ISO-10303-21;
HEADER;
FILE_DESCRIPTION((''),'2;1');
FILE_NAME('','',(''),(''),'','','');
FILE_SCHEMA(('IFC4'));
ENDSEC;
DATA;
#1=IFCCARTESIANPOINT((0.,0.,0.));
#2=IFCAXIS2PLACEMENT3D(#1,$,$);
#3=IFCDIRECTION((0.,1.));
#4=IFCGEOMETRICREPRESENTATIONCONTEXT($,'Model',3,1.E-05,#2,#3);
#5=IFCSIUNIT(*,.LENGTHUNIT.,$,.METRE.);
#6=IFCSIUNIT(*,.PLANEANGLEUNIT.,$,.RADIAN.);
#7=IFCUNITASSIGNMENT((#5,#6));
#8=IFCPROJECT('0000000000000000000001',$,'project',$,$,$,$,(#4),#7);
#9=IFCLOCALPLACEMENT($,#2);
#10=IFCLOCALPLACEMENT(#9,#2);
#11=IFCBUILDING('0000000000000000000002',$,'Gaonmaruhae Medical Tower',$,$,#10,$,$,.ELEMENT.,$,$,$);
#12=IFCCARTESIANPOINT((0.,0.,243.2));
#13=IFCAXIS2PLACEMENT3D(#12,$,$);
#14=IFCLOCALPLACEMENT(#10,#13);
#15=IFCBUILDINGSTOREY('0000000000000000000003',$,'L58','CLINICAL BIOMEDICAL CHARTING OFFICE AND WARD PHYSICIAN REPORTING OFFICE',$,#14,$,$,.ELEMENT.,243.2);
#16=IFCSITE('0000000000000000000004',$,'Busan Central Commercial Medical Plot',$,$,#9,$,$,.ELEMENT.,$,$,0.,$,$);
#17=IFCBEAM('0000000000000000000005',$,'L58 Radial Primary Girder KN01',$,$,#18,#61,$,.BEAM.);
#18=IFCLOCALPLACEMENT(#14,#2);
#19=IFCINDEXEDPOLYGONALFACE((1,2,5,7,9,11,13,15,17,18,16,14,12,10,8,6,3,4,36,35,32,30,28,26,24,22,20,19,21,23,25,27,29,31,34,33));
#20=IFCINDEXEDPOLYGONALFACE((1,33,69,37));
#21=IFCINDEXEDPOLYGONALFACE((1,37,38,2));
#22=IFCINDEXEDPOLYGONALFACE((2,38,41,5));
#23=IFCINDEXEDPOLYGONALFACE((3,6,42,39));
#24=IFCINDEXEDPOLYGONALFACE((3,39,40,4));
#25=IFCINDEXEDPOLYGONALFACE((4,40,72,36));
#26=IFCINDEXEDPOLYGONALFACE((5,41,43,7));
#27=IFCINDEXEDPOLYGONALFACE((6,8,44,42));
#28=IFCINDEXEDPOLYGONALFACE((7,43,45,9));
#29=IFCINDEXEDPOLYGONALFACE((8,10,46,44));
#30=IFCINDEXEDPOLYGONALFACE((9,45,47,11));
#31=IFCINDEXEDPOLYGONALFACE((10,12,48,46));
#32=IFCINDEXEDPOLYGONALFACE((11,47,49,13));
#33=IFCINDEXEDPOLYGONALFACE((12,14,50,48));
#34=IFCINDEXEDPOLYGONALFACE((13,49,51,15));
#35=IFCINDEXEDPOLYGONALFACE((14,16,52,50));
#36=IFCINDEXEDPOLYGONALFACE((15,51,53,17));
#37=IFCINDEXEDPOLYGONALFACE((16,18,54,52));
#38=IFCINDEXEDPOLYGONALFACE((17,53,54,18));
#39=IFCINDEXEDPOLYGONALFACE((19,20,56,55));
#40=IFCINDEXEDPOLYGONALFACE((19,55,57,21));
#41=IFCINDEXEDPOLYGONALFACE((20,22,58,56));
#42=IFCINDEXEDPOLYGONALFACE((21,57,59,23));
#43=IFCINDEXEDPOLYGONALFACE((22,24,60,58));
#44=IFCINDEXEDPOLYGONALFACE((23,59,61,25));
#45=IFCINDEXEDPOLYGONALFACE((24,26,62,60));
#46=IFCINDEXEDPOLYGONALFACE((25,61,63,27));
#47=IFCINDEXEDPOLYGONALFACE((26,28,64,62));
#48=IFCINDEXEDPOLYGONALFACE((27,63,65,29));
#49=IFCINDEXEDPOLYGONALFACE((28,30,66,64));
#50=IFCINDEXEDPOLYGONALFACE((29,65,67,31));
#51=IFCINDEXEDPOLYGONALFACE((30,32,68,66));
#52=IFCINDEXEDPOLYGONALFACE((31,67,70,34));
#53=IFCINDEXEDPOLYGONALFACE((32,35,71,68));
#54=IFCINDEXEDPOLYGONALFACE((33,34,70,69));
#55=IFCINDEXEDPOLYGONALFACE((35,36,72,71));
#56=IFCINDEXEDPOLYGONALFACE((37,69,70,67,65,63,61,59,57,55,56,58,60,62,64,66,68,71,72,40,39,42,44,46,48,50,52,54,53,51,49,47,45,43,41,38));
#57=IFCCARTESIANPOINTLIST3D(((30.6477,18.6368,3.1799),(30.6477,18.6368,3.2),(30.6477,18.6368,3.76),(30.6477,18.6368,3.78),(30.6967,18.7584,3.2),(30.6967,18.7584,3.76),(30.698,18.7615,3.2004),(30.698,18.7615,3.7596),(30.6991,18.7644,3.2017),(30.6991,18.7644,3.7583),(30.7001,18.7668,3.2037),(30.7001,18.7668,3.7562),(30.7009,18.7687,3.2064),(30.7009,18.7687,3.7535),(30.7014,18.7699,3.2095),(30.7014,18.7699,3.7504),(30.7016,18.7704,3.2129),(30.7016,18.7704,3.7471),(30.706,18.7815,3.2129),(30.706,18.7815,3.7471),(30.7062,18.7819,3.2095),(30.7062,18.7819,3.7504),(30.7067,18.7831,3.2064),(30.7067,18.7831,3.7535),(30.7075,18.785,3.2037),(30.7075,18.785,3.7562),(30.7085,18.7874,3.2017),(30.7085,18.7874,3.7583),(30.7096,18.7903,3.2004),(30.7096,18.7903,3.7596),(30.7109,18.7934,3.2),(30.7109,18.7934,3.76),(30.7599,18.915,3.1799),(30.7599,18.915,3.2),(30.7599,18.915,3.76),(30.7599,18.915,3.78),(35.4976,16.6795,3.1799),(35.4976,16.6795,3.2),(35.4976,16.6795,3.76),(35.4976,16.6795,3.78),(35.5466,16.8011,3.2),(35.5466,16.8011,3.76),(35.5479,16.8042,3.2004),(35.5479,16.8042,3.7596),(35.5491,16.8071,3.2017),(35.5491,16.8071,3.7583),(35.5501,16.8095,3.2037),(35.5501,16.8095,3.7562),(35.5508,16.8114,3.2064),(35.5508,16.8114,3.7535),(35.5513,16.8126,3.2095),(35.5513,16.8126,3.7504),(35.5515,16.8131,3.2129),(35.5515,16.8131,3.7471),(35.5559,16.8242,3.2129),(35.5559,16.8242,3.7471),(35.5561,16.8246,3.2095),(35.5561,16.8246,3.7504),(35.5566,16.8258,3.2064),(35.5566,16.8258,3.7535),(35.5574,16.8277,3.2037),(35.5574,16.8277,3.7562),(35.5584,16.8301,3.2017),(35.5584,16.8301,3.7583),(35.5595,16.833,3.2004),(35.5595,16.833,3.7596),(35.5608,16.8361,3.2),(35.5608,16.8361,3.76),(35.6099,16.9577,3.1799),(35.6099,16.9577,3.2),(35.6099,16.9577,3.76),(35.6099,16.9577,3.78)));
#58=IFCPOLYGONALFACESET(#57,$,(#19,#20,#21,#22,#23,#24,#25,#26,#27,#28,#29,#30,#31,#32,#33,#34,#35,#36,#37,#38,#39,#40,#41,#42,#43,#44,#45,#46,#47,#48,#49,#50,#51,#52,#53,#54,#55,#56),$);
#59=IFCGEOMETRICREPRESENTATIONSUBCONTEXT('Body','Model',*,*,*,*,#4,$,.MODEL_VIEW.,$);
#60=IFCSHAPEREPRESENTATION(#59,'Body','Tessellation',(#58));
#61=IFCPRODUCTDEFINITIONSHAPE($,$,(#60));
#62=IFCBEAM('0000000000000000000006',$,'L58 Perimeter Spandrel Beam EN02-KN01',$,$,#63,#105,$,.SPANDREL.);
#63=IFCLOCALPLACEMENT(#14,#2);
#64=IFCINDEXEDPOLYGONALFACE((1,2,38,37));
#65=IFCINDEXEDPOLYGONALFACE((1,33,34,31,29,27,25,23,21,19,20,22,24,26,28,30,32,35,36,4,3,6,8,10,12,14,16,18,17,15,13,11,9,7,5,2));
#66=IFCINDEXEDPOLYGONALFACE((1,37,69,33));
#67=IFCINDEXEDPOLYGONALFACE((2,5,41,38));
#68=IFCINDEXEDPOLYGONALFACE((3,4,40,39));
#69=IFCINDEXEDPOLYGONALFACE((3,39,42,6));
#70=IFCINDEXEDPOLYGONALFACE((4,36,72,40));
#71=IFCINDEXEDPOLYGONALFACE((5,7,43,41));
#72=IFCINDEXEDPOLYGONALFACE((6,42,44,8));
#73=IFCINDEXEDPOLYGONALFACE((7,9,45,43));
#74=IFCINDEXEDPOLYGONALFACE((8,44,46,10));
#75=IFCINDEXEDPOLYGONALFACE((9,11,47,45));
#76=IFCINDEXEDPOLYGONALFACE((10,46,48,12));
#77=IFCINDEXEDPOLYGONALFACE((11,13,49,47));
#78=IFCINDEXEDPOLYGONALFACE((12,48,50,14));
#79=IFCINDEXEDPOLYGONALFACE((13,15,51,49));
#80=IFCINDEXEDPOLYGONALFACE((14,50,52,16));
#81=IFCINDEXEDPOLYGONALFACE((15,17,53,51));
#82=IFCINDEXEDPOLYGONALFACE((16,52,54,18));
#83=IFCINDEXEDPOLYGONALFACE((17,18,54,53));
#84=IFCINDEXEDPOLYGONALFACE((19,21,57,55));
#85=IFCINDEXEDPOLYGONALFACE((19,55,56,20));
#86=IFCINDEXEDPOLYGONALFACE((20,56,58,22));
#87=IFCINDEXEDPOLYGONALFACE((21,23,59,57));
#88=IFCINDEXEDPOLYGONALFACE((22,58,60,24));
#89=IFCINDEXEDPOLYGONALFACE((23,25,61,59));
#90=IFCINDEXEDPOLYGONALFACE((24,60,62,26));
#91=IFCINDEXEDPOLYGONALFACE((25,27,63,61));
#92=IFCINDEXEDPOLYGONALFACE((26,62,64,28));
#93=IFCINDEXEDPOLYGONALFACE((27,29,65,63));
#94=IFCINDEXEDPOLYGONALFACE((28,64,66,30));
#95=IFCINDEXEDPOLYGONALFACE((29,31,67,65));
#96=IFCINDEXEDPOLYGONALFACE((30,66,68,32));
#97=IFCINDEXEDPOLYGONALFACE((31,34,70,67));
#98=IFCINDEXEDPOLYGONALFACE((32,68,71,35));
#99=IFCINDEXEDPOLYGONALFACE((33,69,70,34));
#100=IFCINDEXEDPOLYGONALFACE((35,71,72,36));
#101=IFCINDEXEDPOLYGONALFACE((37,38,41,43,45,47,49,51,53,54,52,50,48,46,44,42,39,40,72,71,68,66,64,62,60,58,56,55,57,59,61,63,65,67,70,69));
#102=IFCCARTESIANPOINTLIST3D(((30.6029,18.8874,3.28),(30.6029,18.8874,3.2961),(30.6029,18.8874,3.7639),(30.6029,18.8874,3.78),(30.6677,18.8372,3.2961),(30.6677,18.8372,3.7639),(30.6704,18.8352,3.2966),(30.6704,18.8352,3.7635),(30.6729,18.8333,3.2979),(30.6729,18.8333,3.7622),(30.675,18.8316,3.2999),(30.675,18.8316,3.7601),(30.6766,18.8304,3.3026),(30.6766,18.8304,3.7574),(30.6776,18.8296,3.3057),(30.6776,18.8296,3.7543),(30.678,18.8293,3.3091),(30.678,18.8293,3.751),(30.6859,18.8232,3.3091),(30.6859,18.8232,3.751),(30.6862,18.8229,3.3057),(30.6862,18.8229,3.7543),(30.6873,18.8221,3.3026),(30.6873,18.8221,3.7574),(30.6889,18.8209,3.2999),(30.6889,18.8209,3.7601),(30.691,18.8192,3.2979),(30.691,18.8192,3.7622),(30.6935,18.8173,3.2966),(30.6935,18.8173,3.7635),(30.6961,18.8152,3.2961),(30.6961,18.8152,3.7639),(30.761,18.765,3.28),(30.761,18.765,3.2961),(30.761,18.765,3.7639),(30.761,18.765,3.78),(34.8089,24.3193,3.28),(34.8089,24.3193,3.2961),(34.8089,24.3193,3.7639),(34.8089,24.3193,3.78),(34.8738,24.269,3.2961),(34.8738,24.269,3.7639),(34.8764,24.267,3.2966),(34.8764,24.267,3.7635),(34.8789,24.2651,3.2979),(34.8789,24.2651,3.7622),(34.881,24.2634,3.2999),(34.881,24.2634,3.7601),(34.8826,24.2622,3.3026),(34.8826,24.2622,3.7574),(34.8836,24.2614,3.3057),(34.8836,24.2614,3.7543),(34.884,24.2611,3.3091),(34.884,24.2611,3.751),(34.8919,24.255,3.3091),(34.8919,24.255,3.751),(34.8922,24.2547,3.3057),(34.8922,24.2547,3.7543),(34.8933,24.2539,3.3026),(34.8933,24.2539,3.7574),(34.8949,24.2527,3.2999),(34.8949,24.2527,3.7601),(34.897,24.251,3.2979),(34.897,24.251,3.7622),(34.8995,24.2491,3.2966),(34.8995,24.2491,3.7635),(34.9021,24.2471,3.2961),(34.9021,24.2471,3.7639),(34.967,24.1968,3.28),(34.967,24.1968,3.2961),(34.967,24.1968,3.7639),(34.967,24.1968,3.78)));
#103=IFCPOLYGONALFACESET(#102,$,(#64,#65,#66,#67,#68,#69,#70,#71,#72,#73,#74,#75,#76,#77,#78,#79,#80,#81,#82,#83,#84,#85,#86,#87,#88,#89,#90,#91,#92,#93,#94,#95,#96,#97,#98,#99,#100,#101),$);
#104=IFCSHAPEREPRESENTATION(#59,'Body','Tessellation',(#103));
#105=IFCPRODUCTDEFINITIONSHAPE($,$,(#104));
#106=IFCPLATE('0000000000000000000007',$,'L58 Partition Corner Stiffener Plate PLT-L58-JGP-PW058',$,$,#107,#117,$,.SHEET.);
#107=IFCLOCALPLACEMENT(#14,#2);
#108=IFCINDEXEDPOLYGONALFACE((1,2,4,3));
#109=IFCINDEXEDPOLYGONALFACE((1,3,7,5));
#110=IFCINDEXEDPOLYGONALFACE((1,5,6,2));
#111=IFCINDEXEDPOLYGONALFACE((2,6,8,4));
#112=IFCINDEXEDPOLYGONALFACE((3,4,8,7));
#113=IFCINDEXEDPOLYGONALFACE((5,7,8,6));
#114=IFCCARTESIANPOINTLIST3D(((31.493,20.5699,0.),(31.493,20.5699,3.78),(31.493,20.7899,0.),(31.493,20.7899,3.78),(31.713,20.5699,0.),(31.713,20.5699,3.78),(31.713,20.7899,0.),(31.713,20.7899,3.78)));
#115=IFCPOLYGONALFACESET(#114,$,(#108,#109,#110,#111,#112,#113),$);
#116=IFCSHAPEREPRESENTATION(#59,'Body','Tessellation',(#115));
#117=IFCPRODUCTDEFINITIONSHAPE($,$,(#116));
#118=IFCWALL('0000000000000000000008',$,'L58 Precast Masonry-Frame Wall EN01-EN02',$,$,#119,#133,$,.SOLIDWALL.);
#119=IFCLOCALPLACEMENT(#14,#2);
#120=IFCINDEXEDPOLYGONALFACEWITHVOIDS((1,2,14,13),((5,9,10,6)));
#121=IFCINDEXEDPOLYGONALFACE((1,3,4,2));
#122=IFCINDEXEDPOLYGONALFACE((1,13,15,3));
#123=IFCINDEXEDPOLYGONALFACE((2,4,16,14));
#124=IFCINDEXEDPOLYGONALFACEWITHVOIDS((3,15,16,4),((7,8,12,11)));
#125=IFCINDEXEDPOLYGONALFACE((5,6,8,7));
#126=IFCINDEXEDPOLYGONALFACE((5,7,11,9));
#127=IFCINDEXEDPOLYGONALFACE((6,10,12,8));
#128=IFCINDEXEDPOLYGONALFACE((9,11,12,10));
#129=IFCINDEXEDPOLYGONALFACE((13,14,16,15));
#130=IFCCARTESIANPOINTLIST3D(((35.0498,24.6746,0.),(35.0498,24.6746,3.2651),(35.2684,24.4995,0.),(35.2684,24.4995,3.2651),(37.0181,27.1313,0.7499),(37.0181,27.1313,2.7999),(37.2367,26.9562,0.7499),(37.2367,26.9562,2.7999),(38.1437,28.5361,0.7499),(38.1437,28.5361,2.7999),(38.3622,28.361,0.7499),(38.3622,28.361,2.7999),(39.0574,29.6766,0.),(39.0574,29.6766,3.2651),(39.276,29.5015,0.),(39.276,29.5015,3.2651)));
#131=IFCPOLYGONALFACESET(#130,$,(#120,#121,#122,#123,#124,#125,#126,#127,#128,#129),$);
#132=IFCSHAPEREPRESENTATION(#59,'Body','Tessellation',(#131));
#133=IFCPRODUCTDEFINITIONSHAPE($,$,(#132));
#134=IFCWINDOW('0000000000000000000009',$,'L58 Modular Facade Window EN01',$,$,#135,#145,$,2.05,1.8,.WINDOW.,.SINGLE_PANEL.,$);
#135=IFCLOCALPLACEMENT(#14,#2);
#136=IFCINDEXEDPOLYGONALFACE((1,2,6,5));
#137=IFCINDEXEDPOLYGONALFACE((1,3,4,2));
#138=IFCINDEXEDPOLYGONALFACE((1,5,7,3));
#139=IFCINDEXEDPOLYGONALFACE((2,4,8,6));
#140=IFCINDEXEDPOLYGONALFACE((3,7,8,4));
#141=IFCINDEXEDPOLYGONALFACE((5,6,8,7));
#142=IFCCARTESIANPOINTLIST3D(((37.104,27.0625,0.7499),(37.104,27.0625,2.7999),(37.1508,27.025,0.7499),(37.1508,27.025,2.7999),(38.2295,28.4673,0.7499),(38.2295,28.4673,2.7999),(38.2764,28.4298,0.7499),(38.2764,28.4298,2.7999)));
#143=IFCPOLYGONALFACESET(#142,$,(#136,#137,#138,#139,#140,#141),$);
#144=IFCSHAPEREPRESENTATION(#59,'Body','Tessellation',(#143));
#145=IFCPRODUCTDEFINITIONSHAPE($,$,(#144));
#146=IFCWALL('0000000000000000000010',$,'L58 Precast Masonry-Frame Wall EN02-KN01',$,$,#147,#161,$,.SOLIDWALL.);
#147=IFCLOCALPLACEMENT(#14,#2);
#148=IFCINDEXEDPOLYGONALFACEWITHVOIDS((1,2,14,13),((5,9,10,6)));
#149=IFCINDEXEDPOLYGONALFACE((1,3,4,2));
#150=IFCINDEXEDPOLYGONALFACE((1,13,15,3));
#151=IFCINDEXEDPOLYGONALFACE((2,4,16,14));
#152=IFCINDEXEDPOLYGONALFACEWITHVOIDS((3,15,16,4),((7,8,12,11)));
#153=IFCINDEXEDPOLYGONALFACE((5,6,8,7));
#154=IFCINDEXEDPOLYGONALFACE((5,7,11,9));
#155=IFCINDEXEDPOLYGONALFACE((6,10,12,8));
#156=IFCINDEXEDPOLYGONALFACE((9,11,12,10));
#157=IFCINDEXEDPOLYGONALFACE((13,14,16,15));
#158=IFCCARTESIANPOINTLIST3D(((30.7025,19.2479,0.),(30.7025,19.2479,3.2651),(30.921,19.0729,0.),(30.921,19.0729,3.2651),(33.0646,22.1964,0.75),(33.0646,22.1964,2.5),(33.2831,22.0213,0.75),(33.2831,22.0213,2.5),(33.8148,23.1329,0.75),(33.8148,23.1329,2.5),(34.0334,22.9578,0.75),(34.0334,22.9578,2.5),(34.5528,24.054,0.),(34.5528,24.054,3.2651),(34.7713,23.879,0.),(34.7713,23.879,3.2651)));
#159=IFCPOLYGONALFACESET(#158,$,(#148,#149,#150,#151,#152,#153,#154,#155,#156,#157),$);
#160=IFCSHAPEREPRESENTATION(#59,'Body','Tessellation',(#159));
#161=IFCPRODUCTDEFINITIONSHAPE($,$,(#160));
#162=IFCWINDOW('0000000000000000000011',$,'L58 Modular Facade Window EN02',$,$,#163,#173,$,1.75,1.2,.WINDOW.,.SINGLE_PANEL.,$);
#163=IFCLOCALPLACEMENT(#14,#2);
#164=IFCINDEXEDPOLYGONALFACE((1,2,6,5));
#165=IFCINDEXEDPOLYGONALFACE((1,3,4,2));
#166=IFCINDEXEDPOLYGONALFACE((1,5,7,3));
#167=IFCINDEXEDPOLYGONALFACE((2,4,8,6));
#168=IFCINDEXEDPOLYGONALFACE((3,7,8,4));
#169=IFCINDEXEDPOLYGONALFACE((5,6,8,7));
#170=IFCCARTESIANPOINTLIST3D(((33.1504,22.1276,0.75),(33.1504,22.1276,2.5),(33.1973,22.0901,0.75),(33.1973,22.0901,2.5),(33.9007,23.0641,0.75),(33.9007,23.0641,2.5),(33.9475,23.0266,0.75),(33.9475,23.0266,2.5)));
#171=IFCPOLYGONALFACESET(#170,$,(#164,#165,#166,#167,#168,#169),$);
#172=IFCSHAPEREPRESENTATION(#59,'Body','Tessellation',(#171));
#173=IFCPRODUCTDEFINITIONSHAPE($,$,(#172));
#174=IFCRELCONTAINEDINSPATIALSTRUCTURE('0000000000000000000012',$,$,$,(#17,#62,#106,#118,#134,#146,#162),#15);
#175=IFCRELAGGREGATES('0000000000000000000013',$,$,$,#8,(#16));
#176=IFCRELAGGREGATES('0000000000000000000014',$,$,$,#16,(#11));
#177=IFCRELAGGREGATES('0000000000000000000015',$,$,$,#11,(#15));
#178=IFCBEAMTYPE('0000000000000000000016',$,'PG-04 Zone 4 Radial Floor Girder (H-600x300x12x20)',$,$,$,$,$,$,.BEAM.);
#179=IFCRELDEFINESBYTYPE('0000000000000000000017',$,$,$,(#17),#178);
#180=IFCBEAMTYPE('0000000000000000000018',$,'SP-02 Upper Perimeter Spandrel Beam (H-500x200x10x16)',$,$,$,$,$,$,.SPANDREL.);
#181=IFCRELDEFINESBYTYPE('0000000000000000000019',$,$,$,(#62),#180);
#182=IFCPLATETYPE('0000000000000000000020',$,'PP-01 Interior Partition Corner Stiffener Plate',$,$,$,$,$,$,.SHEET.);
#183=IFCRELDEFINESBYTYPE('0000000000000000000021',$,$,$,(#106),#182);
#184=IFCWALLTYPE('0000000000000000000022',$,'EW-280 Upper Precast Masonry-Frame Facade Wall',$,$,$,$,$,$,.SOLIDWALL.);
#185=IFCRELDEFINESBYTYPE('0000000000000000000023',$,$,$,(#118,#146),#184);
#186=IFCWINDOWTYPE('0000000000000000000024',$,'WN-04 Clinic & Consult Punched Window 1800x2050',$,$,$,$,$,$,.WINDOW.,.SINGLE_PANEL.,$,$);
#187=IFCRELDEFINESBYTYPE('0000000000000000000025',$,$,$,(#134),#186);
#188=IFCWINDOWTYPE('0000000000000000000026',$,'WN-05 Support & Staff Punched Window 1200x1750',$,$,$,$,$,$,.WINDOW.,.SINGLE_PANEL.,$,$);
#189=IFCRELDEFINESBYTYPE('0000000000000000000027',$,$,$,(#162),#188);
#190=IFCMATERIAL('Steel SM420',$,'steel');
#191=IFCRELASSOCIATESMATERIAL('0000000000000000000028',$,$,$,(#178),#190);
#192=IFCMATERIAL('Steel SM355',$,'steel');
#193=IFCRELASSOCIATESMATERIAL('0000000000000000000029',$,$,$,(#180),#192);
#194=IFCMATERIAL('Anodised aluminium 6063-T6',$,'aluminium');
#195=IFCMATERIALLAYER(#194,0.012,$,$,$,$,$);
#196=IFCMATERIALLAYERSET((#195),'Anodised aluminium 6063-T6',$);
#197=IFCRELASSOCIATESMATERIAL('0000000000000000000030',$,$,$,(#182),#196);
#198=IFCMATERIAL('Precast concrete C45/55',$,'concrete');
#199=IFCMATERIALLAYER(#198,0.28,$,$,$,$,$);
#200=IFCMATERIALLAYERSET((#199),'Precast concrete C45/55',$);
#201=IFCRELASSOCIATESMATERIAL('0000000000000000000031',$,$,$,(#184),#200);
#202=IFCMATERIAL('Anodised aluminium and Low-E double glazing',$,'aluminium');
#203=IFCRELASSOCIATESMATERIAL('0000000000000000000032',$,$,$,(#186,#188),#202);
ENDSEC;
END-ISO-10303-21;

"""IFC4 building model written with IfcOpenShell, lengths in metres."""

from ifc_helpers import new_model, si_unit, direction, frame, frame_2d, origin, origin_2d, place, context, subcontext, project, spatial, rectangle, i_section, extrude, material, layer, layer_set, material_profile, profile_set, type_object, element, fill, save


model = new_model("IFC4")

# Units and contexts
model_context = context("Model", 3, precision=1e-05, world=origin(), true_north=direction((0.0, 1.0)))
body_context = subcontext(model_context, "Body", "Model", "MODEL_VIEW")
ifc_project = project(units=[si_unit("LENGTHUNIT", "METRE"), si_unit("PLANEANGLEUNIT", "RADIAN")], contexts=[model_context])

# Site, building, storey
site_placement = place(None, origin())
site = spatial("IfcSite", under=ifc_project, at=site_placement, Name="Busan Central Commercial Medical Plot", CompositionType="ELEMENT", RefElevation=0.0)
building_placement = place(site_placement, origin())
building = spatial("IfcBuilding", under=site, at=building_placement, Name="Gaonmaruhae Medical Tower", CompositionType="ELEMENT")
storey_placement = place(building_placement, frame((0.0, 0.0, 243.2)))
storey = spatial("IfcBuildingStorey", under=building, at=storey_placement, Name="L58", Description="CLINICAL BIOMEDICAL CHARTING OFFICE AND WARD PHYSICIAN REPORTING OFFICE", CompositionType="ELEMENT", Elevation=243.2)

# Beams
ifc_material_1 = material(Name="Steel SM355", Category="steel")
ifc_material_2 = material(Name="Steel SM420", Category="steel")
ifc_material_profile_1 = material_profile(ifc_material_2, i_section(OverallWidth=0.3, OverallDepth=0.6001, WebThickness=0.012, FlangeThickness=0.02, FilletRadius=0.0129, at=origin_2d()), Name="H-600x300x12x20")
ifc_profile_set_1 = profile_set([ifc_material_profile_1], Name="Steel SM420")
beam_type_1 = type_object("IfcBeamType", Name="PG-04 Zone 4 Radial Floor Girder (H-600x300x12x20)", PredefinedType="BEAM", material=ifc_profile_set_1)
beam_1_placement = place(storey_placement, frame((35.5537, 16.8186, 3.48), z_axis=(-0.927329, 0.374246, 0.0), x_axis=(-0.374246, -0.927329, 0.0)))
element("IfcBeam", 1, at=beam_1_placement, inside=storey, type_object=beam_type_1, Name="L58 Radial Primary Girder KN01", PredefinedType="BEAM", context=body_context, shape_type="SweptSolid", body=[
    extrude(i_section(OverallWidth=0.3, OverallDepth=0.6001, WebThickness=0.012, FlangeThickness=0.02, FilletRadius=0.0129, at=origin_2d()), origin(), (0.0, 0.0, 1.0), 5.23),
])
ifc_material_profile_2 = material_profile(ifc_material_1, i_section(OverallWidth=0.2, OverallDepth=0.5, WebThickness=0.01, FlangeThickness=0.0161, FilletRadius=0.0129, at=origin_2d()), Name="H-500x200x10x16")
ifc_profile_set_2 = profile_set([ifc_material_profile_2], Name="Steel SM355")
beam_type_2 = type_object("IfcBeamType", Name="SP-02 Upper Perimeter Spandrel Beam (H-500x200x10x16)", PredefinedType="SPANDREL", material=ifc_profile_set_2)
beam_2_placement = place(storey_placement, frame((34.8879, 24.2581, 3.53), z_axis=(-0.612239, -0.790673, 0.0), x_axis=(0.790673, -0.612239, 0.0)))
element("IfcBeam", 2, at=beam_2_placement, inside=storey, type_object=beam_type_2, Name="L58 Perimeter Spandrel Beam EN02-KN01", PredefinedType="SPANDREL", context=body_context, shape_type="SweptSolid", body=[
    extrude(i_section(OverallWidth=0.2, OverallDepth=0.5, WebThickness=0.01, FlangeThickness=0.0161, FilletRadius=0.0129, at=origin_2d()), origin(), (0.0, 0.0, 1.0), 6.8699),
])

# Plate
ifc_material_3 = material(Name="Anodised aluminium 6063-T6", Category="aluminium")
ifc_layer_1 = layer(ifc_material_3, 0.012)
ifc_layer_set_1 = layer_set([ifc_layer_1], Name="Anodised aluminium 6063-T6")
plate_type = type_object("IfcPlateType", Name="PP-01 Interior Partition Corner Stiffener Plate", PredefinedType="SHEET", material=ifc_layer_set_1)
plate_placement = place(storey_placement, frame((31.603, 20.6799, 0.0), z_axis=(0.0, 0.0, 1.0), x_axis=(-1.0, 0.0, 0.0)))
element("IfcPlate", 3, at=plate_placement, inside=storey, type_object=plate_type, Name="L58 Partition Corner Stiffener Plate PLT-L58-JGP-PW058", PredefinedType="SHEET", context=body_context, shape_type="SweptSolid", body=[
    extrude(rectangle(XDim=0.22, YDim=0.22, at=origin_2d()), origin(), (0.0, 0.0, 1.0), 3.78),
])

# Walls, openings, windows
ifc_material_4 = material(Name="Precast concrete C45/55", Category="concrete")
ifc_layer_2 = layer(ifc_material_4, 0.28)
ifc_layer_set_2 = layer_set([ifc_layer_2], Name="Precast concrete C45/55")
wall_type_1 = type_object("IfcWallType", Name="EW-280 Upper Precast Masonry-Frame Facade Wall", PredefinedType="SOLIDWALL", material=ifc_layer_set_2)
wall_1_placement = place(storey_placement, frame((35.1592, 24.5872, 0.0), z_axis=(0.0, 0.0, 1.0), x_axis=(0.625266, 0.780412, 0.0)))
wall_1 = element("IfcWall", 4, at=wall_1_placement, inside=storey, type_object=wall_type_1, Name="L58 Precast Masonry-Frame Wall EN01-EN02", PredefinedType="SOLIDWALL", context=body_context, shape_type="SweptSolid", body=[
    extrude(rectangle(XDim=6.4094, YDim=0.28, at=frame_2d((3.2046, 0.0))), origin(), (0.0, 0.0, 1.0), 3.2651),
])
opening_1_placement = place(wall_1_placement, frame((3.1479, 0.0, 0.75)))
opening_1 = element("IfcOpeningElement", 5, at=opening_1_placement, cuts=wall_1, PredefinedType="OPENING", context=body_context, shape_type="SweptSolid", body=[
    extrude(rectangle(XDim=1.8, YDim=2.05, at=frame_2d((0.8999, 1.0249))), frame((0.0, 0.1499, 0.0), z_axis=(0.0, -1.0, 0.0), x_axis=(1.0, 0.0, 0.0)), (0.0, 0.0, 1.0), 0.3),
])
ifc_material_5 = material(Name="Anodised aluminium and Low-E double glazing", Category="aluminium")
window_type_1 = type_object("IfcWindowType", Name="WN-04 Clinic & Consult Punched Window 1800x2050", PartitioningType="SINGLE_PANEL", PredefinedType="WINDOW", material=ifc_material_5)
window_1_placement = place(opening_1_placement, origin())
window_1 = element("IfcWindow", 6, at=window_1_placement, inside=storey, type_object=window_type_1, Name="L58 Modular Facade Window EN01", OverallHeight=2.05, OverallWidth=1.8, PartitioningType="SINGLE_PANEL", PredefinedType="WINDOW", context=body_context, shape_type="SweptSolid", body=[
    extrude(rectangle(XDim=1.8, YDim=2.05, at=frame_2d((0.8999, 1.0249))), frame((0.0, 0.03, 0.0), z_axis=(0.0, -1.0, 0.0), x_axis=(1.0, 0.0, 0.0)), (0.0, 0.0, 1.0), 0.0601),
])
fill(opening_1, window_1)
wall_2_placement = place(storey_placement, frame((30.8118, 19.1604, 0.0), z_axis=(0.0, 0.0, 1.0), x_axis=(0.625232, 0.780439, 0.0)))
wall_2 = element("IfcWall", 7, at=wall_2_placement, inside=storey, type_object=wall_type_1, Name="L58 Precast Masonry-Frame Wall EN02-KN01", PredefinedType="SOLIDWALL", context=body_context, shape_type="SweptSolid", body=[
    extrude(rectangle(XDim=6.1582, YDim=0.28, at=frame_2d((3.0791, 0.0))), origin(), (0.0, 0.0, 1.0), 3.2651),
])
opening_2_placement = place(wall_2_placement, frame((3.7778, 0.0, 0.75)))
opening_2 = element("IfcOpeningElement", 8, at=opening_2_placement, cuts=wall_2, PredefinedType="OPENING", context=body_context, shape_type="SweptSolid", body=[
    extrude(rectangle(XDim=1.2, YDim=1.75, at=frame_2d((0.6001, 0.875))), frame((0.0, 0.1499, 0.0), z_axis=(0.0, -1.0, 0.0), x_axis=(1.0, 0.0, 0.0)), (0.0, 0.0, 1.0), 0.3),
])
window_type_2 = type_object("IfcWindowType", Name="WN-05 Support & Staff Punched Window 1200x1750", PartitioningType="SINGLE_PANEL", PredefinedType="WINDOW", material=ifc_material_5)
window_2_placement = place(opening_2_placement, origin())
window_2 = element("IfcWindow", 9, at=window_2_placement, inside=storey, type_object=window_type_2, Name="L58 Modular Facade Window EN02", OverallHeight=1.75, OverallWidth=1.2, PartitioningType="SINGLE_PANEL", PredefinedType="WINDOW", context=body_context, shape_type="SweptSolid", body=[
    extrude(rectangle(XDim=1.2, YDim=1.75, at=frame_2d((0.6001, 0.875))), frame((0.0, 0.03, 0.0), z_axis=(0.0, -1.0, 0.0), x_axis=(1.0, 0.0, 0.0)), (0.0, 0.0, 1.0), 0.0601),
])
fill(opening_2, window_2)

save(model, "model.ifc")
